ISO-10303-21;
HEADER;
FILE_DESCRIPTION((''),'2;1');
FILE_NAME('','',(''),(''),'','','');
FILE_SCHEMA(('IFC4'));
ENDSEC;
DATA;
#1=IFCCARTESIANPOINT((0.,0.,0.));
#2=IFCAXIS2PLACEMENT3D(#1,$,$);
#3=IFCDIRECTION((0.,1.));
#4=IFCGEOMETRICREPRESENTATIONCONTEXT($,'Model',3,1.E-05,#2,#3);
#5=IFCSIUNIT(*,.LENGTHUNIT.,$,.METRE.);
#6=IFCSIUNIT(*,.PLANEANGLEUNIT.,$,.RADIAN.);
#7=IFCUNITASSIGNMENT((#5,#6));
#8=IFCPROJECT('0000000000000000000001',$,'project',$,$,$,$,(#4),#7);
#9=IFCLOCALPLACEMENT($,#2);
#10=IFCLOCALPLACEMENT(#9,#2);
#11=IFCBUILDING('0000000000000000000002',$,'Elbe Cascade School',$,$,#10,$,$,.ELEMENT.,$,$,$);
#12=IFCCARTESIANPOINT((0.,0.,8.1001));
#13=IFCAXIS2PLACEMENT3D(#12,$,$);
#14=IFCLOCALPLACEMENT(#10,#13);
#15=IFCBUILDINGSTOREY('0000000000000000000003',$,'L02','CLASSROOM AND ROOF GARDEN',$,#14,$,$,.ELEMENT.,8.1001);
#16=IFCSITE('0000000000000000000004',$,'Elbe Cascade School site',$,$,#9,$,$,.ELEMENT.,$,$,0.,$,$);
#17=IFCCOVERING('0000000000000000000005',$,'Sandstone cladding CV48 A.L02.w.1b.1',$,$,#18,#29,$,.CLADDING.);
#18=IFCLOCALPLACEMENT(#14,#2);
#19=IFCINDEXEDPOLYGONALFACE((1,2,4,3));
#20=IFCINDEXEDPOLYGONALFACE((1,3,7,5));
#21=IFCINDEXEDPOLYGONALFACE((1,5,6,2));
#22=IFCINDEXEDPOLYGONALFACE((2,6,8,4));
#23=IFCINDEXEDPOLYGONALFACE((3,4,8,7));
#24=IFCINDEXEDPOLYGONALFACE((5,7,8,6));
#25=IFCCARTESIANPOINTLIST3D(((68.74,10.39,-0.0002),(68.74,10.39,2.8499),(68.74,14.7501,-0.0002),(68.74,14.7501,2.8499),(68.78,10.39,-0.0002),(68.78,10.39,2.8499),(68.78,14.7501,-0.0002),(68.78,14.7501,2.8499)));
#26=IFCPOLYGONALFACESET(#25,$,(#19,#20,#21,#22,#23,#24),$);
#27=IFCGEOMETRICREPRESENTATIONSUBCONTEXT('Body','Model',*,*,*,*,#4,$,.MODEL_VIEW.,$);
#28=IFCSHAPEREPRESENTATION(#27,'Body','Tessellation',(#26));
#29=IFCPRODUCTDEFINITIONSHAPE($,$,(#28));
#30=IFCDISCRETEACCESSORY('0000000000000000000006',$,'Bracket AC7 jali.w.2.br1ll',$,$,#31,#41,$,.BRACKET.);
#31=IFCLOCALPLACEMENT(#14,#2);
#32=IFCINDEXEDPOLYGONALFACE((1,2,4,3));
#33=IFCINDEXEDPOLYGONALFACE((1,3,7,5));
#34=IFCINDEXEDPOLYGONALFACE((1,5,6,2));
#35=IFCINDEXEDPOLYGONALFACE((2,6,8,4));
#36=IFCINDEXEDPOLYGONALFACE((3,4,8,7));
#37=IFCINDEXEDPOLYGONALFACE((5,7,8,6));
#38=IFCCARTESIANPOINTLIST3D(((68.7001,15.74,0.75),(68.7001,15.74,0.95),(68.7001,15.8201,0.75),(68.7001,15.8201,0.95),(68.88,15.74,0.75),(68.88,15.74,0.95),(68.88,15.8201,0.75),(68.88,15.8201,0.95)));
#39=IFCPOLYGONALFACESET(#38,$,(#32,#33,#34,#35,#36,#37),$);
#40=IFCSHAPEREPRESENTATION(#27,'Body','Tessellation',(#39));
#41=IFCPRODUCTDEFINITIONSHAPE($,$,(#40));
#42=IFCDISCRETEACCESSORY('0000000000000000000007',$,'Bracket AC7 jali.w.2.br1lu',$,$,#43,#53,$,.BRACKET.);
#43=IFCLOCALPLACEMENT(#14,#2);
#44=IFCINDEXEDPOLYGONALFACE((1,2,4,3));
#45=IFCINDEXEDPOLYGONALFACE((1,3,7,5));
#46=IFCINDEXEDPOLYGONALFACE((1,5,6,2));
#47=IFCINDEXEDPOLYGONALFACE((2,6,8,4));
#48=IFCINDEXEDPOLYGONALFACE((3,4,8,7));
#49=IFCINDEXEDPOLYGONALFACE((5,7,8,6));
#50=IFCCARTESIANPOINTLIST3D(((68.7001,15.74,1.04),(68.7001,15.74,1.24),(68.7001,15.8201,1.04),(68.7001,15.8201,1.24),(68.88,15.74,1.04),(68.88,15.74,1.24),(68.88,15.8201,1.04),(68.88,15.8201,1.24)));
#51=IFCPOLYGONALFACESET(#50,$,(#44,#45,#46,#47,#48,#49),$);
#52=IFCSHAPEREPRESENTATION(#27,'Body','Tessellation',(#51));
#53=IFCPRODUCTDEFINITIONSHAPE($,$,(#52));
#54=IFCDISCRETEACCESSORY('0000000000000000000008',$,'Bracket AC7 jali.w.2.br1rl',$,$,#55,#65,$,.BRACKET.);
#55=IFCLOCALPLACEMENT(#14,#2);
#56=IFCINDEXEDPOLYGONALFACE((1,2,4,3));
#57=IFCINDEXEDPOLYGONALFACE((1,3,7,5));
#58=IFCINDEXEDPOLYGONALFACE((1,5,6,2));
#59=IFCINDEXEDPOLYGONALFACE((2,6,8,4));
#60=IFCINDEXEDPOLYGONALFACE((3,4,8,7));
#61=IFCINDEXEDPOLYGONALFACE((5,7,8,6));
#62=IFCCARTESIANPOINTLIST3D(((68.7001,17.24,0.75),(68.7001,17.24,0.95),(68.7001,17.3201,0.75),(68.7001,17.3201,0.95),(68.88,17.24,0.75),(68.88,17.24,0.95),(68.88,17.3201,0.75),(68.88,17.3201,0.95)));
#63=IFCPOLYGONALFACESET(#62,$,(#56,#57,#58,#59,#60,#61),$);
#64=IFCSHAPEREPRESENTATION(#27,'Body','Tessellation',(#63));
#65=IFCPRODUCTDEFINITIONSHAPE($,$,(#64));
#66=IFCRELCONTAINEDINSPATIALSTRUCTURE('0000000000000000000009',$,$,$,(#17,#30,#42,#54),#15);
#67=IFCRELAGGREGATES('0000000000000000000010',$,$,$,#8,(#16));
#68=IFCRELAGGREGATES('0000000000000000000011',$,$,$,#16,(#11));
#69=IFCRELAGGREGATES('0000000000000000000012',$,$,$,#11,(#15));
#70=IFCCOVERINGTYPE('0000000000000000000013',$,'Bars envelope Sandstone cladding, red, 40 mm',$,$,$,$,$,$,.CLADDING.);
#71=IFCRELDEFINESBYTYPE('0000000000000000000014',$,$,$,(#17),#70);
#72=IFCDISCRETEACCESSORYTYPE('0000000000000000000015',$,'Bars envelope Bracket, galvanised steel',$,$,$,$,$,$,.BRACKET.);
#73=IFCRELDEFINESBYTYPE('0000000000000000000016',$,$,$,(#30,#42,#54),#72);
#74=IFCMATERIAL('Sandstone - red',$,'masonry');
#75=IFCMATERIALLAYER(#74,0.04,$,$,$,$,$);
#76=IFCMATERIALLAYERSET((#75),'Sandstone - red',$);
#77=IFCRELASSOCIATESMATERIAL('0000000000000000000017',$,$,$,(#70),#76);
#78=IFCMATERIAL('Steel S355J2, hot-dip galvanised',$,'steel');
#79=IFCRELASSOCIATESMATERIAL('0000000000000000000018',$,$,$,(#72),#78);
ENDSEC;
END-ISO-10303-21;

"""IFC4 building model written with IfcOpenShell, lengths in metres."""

from ifc_helpers import new_model, si_unit, direction, frame, origin, origin_2d, place, context, subcontext, project, spatial, rectangle, extrude, material, layer, layer_set, type_object, element, save


model = new_model("IFC4")

# Units and contexts
model_context = context("Model", 3, precision=1e-05, world=origin(), true_north=direction((0.0, 1.0)))
body_context = subcontext(model_context, "Body", "Model", "MODEL_VIEW")
ifc_project = project(units=[si_unit("LENGTHUNIT", "METRE"), si_unit("PLANEANGLEUNIT", "RADIAN")], contexts=[model_context])

# Site, building, storey
site_placement = place(None, origin())
site = spatial("IfcSite", under=ifc_project, at=site_placement, Name="Elbe Cascade School site", CompositionType="ELEMENT", RefElevation=0.0)
building_placement = place(site_placement, origin())
building = spatial("IfcBuilding", under=site, at=building_placement, Name="Elbe Cascade School", CompositionType="ELEMENT")
storey_placement = place(building_placement, frame((0.0, 0.0, 8.1001)))
storey = spatial("IfcBuildingStorey", under=building, at=storey_placement, Name="L02", Description="CLASSROOM AND ROOF GARDEN", CompositionType="ELEMENT", Elevation=8.1001)

# Covering
ifc_material_1 = material(Name="Sandstone - red", Category="masonry")
ifc_layer_1 = layer(ifc_material_1, 0.04)
ifc_layer_set_1 = layer_set([ifc_layer_1], Name="Sandstone - red")
covering_type = type_object("IfcCoveringType", Name="Bars envelope Sandstone cladding, red, 40 mm", PredefinedType="CLADDING", material=ifc_layer_set_1)
covering_1_placement = place(storey_placement, frame((68.76, 12.5701, -0.0002), z_axis=(0.0, 0.0, 1.0), x_axis=(0.0, 1.0, 0.0)))
element("IfcCovering", 1, at=covering_1_placement, inside=storey, type_object=covering_type, Name="Sandstone cladding CV48 A.L02.w.1b.1", PredefinedType="CLADDING", context=body_context, shape_type="SweptSolid", body=[
    extrude(rectangle(XDim=4.3601, YDim=0.04, at=origin_2d()), origin(), (0.0, 0.0, 1.0), 2.8501),
])

# Discrete accessories
ifc_material_2 = material(Name="Steel S355J2, hot-dip galvanised", Category="steel")
discrete_accessory_type = type_object("IfcDiscreteAccessoryType", Name="Bars envelope Bracket, galvanised steel", PredefinedType="BRACKET", material=ifc_material_2)
for number, where, z_axis, x_axis, name in (
    (2, (68.79, 15.78, 0.75), (0.0, 0.0, 1.0), (0.0, 1.0, 0.0), "Bracket AC7 jali.w.2.br1ll"),
    (3, (68.79, 15.78, 1.04), (0.0, 0.0, 1.0), (0.0, 1.0, 0.0), "Bracket AC7 jali.w.2.br1lu"),
    (4, (68.79, 17.28, 0.75), (0.0, 0.0, 1.0), (0.0, 1.0, 0.0), "Bracket AC7 jali.w.2.br1rl"),
):
    element("IfcDiscreteAccessory", number, at=place(storey_placement, frame(where, z_axis=z_axis, x_axis=x_axis)), inside=storey, type_object=discrete_accessory_type, Name=name, PredefinedType="BRACKET", context=body_context, shape_type="SweptSolid", body=[
        extrude(rectangle(XDim=0.0801, YDim=0.1799, at=origin_2d()), origin(), (0.0, 0.0, 1.0), 0.2),
    ])

save(model, "model.ifc")
